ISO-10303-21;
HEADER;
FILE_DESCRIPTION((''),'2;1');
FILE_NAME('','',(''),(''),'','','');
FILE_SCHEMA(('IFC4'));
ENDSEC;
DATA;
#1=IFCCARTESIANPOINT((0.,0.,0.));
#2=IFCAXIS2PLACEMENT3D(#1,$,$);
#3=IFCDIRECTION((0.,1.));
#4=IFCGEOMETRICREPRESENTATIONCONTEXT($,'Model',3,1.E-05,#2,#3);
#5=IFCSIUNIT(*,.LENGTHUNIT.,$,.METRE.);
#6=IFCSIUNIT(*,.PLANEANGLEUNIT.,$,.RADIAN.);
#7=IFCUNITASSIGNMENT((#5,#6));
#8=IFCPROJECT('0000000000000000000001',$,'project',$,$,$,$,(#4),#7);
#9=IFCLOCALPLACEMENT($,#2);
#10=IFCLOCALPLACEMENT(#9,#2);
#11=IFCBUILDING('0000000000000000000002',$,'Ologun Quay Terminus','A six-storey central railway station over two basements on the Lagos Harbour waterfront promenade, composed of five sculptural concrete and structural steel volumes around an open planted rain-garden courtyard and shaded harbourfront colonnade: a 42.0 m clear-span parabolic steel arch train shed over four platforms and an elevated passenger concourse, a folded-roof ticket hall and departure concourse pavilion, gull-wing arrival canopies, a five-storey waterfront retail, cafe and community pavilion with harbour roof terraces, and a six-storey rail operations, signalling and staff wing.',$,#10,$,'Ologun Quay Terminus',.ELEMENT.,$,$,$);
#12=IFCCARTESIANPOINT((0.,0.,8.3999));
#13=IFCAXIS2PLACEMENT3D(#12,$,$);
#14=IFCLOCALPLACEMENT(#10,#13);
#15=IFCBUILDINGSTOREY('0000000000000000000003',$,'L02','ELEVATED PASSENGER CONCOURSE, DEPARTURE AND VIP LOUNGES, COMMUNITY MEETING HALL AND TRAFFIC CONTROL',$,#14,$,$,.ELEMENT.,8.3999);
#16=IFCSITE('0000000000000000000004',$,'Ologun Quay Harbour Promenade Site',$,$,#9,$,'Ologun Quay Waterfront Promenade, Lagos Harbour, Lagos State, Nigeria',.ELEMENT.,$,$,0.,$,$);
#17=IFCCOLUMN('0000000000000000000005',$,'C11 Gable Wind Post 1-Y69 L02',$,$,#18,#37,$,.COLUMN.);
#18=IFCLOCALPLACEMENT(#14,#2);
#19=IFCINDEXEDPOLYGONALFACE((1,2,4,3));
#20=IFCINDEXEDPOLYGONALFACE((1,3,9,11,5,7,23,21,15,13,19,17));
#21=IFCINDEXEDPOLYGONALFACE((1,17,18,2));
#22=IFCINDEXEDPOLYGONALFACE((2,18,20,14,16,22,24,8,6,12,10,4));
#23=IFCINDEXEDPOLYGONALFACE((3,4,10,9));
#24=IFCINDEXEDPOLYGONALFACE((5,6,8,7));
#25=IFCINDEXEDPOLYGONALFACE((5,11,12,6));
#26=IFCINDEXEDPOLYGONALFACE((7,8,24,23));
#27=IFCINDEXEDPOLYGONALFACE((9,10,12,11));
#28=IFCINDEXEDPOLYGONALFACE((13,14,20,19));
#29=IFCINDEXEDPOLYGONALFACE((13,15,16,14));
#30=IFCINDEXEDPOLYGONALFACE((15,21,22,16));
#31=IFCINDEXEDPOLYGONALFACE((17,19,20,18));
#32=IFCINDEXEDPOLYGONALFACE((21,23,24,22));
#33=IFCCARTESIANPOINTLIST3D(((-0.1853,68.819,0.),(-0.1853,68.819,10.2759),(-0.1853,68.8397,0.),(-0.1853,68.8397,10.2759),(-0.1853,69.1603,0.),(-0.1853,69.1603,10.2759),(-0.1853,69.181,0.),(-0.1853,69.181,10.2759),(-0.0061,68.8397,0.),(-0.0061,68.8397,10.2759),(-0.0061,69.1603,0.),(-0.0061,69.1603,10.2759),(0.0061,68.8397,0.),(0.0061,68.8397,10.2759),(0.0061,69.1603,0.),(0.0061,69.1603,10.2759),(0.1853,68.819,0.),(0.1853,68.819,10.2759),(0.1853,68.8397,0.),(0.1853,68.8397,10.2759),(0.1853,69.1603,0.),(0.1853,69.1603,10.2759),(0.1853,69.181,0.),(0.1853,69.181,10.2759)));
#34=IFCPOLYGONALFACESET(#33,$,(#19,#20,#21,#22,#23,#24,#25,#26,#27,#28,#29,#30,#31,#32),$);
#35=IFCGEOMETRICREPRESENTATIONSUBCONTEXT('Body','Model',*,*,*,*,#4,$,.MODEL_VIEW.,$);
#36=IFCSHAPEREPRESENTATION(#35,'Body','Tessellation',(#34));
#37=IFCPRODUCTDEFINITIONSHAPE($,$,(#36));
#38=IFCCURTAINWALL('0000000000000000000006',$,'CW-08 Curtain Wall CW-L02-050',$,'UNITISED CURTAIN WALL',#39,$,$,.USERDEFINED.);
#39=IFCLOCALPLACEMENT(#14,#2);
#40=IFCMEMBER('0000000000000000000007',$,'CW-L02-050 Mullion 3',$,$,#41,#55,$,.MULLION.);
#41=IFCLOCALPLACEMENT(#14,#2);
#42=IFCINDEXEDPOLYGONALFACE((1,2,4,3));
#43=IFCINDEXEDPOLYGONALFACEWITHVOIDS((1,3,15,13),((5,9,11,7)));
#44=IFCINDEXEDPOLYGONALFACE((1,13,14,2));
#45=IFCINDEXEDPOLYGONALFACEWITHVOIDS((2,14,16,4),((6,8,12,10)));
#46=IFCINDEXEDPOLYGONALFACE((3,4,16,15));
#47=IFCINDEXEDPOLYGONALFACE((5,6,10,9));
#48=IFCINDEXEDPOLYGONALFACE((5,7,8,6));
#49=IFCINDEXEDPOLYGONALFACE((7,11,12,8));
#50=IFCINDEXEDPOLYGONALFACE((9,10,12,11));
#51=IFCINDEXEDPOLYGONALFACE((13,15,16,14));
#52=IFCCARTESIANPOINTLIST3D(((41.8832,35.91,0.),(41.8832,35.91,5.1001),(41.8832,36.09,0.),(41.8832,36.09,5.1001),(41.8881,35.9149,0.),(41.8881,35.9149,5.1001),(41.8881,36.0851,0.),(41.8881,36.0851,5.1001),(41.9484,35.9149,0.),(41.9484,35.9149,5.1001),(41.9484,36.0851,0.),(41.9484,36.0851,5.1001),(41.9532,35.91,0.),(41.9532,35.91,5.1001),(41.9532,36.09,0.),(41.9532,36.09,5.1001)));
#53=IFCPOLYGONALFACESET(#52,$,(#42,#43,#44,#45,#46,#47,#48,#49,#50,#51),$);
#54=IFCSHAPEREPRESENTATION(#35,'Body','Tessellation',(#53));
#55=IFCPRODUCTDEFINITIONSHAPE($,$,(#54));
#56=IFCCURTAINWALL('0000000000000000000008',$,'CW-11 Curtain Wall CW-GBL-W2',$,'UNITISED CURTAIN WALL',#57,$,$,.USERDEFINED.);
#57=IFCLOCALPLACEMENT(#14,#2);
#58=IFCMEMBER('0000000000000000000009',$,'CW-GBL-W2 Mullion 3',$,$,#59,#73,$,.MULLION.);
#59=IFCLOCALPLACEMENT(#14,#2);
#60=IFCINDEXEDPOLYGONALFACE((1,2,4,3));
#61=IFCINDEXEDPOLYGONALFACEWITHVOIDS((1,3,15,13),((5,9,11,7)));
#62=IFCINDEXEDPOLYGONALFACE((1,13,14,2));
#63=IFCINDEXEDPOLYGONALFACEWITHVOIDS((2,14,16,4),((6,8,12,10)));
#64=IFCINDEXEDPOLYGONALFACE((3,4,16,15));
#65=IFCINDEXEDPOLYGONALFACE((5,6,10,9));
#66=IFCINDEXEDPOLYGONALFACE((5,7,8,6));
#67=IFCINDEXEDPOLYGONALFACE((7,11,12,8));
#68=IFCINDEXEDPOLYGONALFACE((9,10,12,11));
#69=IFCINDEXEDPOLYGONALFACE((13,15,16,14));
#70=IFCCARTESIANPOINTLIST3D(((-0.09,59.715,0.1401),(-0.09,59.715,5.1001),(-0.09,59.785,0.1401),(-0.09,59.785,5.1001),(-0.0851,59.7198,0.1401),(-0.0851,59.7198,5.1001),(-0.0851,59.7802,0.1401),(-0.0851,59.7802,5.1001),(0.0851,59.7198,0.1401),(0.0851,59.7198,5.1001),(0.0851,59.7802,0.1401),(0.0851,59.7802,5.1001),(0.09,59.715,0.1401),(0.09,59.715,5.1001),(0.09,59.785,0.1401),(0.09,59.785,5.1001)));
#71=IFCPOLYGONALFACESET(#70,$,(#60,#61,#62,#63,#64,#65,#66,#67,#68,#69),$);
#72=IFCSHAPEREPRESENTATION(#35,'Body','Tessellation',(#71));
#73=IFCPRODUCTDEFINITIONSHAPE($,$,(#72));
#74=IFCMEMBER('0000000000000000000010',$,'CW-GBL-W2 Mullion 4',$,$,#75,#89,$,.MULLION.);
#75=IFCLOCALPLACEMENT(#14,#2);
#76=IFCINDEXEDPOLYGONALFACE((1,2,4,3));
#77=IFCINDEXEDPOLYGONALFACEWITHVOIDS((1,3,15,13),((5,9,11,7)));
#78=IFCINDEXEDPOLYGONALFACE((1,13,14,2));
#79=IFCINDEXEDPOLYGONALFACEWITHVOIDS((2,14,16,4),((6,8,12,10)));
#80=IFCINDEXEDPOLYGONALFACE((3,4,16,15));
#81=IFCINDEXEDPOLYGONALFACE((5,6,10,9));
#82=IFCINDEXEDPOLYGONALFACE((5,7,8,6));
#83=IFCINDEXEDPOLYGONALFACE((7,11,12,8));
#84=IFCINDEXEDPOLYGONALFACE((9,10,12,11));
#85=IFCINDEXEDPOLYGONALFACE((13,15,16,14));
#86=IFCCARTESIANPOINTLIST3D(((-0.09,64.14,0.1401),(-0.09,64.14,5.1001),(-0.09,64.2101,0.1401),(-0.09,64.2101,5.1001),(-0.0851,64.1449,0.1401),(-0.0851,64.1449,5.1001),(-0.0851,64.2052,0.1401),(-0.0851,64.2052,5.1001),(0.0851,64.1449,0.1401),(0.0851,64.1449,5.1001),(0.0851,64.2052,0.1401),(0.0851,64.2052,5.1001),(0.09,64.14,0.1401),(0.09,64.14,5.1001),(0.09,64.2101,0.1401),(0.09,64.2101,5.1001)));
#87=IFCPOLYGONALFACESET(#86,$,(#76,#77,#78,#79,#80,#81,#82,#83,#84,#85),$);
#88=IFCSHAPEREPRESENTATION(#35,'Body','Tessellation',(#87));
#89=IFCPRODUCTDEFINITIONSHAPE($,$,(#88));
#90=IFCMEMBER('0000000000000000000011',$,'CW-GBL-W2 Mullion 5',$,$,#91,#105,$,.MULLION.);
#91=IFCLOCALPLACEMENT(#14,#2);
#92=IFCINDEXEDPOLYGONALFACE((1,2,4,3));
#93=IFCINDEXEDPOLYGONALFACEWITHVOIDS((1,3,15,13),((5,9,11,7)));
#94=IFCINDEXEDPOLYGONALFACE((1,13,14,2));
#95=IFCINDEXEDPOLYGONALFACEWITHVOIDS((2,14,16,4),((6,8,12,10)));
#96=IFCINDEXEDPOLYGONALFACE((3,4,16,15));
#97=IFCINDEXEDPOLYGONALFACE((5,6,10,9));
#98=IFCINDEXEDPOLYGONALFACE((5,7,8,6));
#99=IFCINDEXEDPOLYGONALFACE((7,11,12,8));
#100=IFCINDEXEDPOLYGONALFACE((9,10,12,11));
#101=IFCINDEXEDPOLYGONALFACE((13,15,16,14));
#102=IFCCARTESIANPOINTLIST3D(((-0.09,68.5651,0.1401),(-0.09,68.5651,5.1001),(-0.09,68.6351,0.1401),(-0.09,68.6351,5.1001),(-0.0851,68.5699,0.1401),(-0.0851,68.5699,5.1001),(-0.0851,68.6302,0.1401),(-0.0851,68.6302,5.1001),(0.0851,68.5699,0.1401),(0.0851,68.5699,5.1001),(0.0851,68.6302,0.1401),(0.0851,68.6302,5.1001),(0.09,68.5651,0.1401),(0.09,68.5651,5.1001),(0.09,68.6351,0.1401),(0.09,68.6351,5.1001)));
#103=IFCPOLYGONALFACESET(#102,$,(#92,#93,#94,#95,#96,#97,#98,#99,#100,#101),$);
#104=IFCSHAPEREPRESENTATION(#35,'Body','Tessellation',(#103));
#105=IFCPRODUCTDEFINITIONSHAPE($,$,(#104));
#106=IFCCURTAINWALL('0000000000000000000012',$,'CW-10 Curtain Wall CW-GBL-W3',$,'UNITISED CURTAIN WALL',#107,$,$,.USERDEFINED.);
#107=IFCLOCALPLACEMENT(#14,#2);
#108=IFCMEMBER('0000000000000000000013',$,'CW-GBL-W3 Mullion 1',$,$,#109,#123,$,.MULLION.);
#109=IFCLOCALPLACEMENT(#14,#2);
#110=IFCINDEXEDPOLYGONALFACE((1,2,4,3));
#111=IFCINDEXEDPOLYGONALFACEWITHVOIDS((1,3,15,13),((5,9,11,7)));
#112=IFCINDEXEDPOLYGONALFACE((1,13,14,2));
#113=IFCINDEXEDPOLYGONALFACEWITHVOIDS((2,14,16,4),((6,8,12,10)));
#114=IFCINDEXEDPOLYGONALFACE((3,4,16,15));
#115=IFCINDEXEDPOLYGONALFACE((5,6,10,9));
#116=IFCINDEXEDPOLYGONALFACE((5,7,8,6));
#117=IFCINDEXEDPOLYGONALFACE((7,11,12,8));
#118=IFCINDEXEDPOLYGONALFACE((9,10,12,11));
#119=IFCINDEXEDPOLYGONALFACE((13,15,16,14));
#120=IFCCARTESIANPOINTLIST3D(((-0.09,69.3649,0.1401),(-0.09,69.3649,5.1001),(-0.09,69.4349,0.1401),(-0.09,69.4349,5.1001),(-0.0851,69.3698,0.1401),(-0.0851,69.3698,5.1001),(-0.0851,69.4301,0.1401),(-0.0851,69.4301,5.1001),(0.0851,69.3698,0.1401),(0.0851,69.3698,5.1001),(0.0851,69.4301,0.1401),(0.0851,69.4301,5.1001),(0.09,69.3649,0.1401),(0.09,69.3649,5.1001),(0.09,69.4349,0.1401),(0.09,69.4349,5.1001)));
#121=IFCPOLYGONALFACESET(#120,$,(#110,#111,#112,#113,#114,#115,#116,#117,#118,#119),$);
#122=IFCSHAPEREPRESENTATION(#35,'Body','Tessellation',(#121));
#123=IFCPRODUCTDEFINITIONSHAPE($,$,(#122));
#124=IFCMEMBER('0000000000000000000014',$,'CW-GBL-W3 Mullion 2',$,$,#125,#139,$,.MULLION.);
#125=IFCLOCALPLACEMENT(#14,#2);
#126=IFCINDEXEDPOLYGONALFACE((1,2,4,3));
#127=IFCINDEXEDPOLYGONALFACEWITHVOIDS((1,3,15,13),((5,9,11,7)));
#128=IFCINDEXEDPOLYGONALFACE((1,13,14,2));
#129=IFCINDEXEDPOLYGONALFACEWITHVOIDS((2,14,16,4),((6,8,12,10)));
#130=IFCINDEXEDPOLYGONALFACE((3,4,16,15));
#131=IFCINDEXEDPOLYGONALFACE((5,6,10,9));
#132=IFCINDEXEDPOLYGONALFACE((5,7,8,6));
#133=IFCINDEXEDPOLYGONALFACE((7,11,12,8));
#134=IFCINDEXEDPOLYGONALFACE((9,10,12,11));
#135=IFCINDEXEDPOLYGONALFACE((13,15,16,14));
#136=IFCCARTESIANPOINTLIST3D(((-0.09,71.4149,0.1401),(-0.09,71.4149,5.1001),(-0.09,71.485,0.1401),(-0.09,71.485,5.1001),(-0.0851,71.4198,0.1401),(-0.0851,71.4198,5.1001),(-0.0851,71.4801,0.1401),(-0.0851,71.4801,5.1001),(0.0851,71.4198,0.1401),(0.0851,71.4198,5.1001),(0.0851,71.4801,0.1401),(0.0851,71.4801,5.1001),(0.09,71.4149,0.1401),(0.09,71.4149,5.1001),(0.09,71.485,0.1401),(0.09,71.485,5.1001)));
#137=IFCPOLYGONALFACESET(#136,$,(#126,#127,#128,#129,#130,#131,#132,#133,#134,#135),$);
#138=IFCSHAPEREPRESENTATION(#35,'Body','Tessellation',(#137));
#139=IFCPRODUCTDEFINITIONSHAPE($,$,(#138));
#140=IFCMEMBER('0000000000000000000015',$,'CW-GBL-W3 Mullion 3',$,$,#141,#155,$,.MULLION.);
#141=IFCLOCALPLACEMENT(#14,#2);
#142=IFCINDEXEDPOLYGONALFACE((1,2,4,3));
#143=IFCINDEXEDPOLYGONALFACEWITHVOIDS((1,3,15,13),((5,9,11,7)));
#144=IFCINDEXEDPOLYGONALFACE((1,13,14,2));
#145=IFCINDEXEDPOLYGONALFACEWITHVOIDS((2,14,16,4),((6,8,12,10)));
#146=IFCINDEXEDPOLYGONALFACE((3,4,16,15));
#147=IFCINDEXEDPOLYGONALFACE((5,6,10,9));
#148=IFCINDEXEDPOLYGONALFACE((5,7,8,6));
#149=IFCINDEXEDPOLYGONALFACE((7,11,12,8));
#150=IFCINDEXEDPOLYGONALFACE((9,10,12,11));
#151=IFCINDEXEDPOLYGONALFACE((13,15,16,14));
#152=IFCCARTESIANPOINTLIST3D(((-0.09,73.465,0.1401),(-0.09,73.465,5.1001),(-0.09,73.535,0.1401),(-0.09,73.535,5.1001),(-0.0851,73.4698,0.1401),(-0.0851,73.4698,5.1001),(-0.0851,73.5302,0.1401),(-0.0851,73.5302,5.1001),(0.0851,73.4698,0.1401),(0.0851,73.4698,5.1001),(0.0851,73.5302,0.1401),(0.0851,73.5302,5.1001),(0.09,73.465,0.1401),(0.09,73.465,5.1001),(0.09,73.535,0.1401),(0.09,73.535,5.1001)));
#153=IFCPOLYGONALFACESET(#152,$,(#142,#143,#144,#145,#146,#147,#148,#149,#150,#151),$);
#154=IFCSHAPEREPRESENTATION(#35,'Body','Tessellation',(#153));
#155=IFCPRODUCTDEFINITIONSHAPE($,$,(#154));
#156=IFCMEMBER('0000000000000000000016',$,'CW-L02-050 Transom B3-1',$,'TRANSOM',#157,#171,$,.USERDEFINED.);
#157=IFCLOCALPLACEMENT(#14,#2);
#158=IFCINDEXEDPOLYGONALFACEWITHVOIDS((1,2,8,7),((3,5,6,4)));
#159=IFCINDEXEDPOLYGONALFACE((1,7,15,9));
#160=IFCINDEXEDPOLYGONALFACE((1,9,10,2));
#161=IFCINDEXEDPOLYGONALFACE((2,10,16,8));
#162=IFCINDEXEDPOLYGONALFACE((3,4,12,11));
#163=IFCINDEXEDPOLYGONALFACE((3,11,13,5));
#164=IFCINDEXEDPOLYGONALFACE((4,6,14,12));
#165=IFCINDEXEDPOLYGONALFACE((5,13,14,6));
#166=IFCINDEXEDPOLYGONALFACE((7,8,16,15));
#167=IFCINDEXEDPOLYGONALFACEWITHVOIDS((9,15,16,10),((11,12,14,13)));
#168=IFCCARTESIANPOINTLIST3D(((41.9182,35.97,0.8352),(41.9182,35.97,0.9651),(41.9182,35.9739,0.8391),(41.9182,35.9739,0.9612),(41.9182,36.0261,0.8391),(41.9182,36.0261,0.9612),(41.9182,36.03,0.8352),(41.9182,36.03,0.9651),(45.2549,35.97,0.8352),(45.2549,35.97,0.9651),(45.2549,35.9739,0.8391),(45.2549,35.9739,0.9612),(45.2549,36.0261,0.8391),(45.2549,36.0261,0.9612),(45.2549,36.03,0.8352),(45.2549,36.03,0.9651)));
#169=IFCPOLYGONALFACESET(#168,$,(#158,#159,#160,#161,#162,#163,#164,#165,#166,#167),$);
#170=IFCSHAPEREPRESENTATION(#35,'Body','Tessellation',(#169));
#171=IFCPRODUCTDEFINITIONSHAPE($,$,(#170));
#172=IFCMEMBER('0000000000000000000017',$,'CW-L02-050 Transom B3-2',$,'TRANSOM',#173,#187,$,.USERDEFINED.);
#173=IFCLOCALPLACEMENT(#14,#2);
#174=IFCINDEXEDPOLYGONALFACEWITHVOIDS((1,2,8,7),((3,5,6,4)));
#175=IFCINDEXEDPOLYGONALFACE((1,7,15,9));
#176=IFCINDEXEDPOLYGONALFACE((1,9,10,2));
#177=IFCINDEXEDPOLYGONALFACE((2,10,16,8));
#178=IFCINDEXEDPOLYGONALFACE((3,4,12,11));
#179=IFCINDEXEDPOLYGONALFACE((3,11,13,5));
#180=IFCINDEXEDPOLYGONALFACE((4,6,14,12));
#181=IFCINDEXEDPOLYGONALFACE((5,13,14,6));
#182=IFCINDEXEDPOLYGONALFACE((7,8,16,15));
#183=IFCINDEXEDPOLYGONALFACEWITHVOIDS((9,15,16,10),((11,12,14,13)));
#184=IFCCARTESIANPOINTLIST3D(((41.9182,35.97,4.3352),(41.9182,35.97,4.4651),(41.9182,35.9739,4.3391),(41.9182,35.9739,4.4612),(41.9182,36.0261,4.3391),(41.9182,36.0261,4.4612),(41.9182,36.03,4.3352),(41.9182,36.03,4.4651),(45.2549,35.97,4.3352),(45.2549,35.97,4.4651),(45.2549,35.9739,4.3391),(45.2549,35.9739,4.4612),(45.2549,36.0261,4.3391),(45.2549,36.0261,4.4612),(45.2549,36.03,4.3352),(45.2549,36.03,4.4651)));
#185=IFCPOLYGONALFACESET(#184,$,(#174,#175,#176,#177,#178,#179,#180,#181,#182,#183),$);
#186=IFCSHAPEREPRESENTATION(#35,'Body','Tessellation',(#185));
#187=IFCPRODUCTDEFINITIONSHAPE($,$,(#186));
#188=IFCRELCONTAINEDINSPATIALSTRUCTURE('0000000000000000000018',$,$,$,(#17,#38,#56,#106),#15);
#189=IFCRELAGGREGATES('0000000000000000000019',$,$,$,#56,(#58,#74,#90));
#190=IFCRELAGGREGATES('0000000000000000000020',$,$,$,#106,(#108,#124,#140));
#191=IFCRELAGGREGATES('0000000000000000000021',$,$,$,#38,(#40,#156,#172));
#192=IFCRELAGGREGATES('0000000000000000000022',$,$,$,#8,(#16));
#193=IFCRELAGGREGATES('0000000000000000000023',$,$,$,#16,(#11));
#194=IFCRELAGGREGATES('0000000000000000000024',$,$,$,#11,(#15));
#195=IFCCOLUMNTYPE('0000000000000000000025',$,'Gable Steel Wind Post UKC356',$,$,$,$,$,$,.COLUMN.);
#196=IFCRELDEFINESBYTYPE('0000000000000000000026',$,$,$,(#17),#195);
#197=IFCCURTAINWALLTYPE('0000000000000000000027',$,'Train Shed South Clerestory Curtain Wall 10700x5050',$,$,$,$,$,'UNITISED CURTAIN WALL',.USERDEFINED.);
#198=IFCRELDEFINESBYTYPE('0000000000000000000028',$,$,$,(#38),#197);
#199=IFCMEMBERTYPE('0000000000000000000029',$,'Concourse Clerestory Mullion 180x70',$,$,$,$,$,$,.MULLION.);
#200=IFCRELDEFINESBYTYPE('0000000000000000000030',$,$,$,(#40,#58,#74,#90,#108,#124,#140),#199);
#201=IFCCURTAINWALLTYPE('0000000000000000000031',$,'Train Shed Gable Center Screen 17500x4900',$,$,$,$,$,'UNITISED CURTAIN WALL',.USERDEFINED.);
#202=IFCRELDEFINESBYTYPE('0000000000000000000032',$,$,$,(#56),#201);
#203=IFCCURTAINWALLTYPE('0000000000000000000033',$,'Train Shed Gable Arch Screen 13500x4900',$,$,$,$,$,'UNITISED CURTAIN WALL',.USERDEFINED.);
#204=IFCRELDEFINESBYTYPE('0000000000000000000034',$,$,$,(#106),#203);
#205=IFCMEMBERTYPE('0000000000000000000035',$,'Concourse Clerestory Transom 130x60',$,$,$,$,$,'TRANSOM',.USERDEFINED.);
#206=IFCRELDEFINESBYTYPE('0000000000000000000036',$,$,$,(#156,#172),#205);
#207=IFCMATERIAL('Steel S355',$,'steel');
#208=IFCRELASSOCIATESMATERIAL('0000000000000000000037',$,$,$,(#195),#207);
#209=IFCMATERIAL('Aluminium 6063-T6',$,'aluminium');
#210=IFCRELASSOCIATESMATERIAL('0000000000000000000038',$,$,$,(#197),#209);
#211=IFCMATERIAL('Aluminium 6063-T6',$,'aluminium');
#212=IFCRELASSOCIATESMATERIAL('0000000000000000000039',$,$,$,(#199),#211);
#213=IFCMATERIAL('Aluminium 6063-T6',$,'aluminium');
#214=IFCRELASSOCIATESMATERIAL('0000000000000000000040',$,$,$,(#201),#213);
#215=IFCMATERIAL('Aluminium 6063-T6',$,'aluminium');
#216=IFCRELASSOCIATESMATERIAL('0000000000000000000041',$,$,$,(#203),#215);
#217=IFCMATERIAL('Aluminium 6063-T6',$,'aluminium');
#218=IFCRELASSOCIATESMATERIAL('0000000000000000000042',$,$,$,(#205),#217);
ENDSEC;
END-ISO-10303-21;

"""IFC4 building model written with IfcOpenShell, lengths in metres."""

from ifc_helpers import new_model, si_unit, direction, frame, origin, origin_2d, place, context, subcontext, project, spatial, hollow_rectangle, i_section, extrude, material, material_profile, profile_set, type_object, element, aggregate, save


model = new_model("IFC4")

# Units and contexts
model_context = context("Model", 3, precision=1e-05, world=origin(), true_north=direction((0.0, 1.0)))
body_context = subcontext(model_context, "Body", "Model", "MODEL_VIEW")
ifc_project = project(units=[si_unit("LENGTHUNIT", "METRE"), si_unit("PLANEANGLEUNIT", "RADIAN")], contexts=[model_context])

# Site, building, storey
site_placement = place(None, origin())
site = spatial("IfcSite", under=ifc_project, at=site_placement, Name="Ologun Quay Harbour Promenade Site", LongName="Ologun Quay Waterfront Promenade, Lagos Harbour, Lagos State, Nigeria", CompositionType="ELEMENT", RefElevation=0.0)
building_placement = place(site_placement, origin())
building = spatial("IfcBuilding", under=site, at=building_placement, Name="Ologun Quay Terminus", Description="A six-storey central railway station over two basements on the Lagos Harbour waterfront promenade, composed of five sculptural concrete and structural steel volumes around an open planted rain-garden courtyard and shaded harbourfront colonnade: a 42.0 m clear-span parabolic steel arch train shed over four platforms and an elevated passenger concourse, a folded-roof ticket hall and departure concourse pavilion, gull-wing arrival canopies, a five-storey waterfront retail, cafe and community pavilion with harbour roof terraces, and a six-storey rail operations, signalling and staff wing.", LongName="Ologun Quay Terminus", CompositionType="ELEMENT")
storey_placement = place(building_placement, frame((0.0, 0.0, 8.3999)))
storey = spatial("IfcBuildingStorey", under=building, at=storey_placement, Name="L02", Description="ELEVATED PASSENGER CONCOURSE, DEPARTURE AND VIP LOUNGES, COMMUNITY MEETING HALL AND TRAFFIC CONTROL", CompositionType="ELEMENT", Elevation=8.3999)

# Column
ifc_material_1 = material(Name="Steel S355", Category="steel")
ifc_material_profile_1 = material_profile(ifc_material_1, i_section(OverallWidth=0.3706, OverallDepth=0.3621, WebThickness=0.0122, FlangeThickness=0.0208, at=origin_2d()), Name="UKC 356x368x153")
ifc_profile_set_1 = profile_set([ifc_material_profile_1], Name="Steel S355")
column_type = type_object("IfcColumnType", Name="Gable Steel Wind Post UKC356", PredefinedType="COLUMN", material=ifc_profile_set_1)
column_placement = place(storey_placement, frame((0.0, 69.0, 0.0), z_axis=(0.0, 0.0, 1.0), x_axis=(1.0, 0.0, 0.0)))
element("IfcColumn", 1, at=column_placement, inside=storey, type_object=column_type, Name="C11 Gable Wind Post 1-Y69 L02", PredefinedType="COLUMN", context=body_context, shape_type="SweptSolid", body=[
    extrude(i_section(OverallWidth=0.3706, OverallDepth=0.3621, WebThickness=0.0122, FlangeThickness=0.0208, at=origin_2d()), origin(), (0.0, 0.0, 1.0), 10.2759),
])

# Curtain wall, member
ifc_material_2 = material(Name="Aluminium 6063-T6", Category="aluminium")
curtain_wall_type_1 = type_object("IfcCurtainWallType", Name="Train Shed South Clerestory Curtain Wall 10700x5050", ElementType="UNITISED CURTAIN WALL", PredefinedType="USERDEFINED", material=ifc_material_2)
curtain_wall_1_placement = place(storey_placement, origin())
curtain_wall_1 = element("IfcCurtainWall", 2, at=curtain_wall_1_placement, inside=storey, type_object=curtain_wall_type_1, Name="CW-08 Curtain Wall CW-L02-050", ObjectType="UNITISED CURTAIN WALL", PredefinedType="USERDEFINED")
ifc_material_3 = material(Name="Aluminium 6063-T6", Category="aluminium")
ifc_material_profile_2 = material_profile(ifc_material_3, hollow_rectangle(XDim=0.0701, YDim=0.1799, WallThickness=0.0049, at=origin_2d()), Name="ALU 180x70x5")
ifc_profile_set_2 = profile_set([ifc_material_profile_2], Name="Aluminium 6063-T6")
member_type_1 = type_object("IfcMemberType", Name="Concourse Clerestory Mullion 180x70", PredefinedType="MULLION", material=ifc_profile_set_2)
member_1_placement = place(storey_placement, frame((41.9182, 36.0, 0.0), z_axis=(0.0, 0.0, 1.0), x_axis=(1.0, 0.0, 0.0)))
member_1 = element("IfcMember", 3, at=member_1_placement, type_object=member_type_1, Name="CW-L02-050 Mullion 3", PredefinedType="MULLION", context=body_context, shape_type="SweptSolid", body=[
    extrude(hollow_rectangle(XDim=0.0701, YDim=0.1799, WallThickness=0.0049, at=origin_2d()), origin(), (0.0, 0.0, 1.0), 5.1001),
])

# Curtain walls, members
ifc_material_4 = material(Name="Aluminium 6063-T6", Category="aluminium")
curtain_wall_type_2 = type_object("IfcCurtainWallType", Name="Train Shed Gable Center Screen 17500x4900", ElementType="UNITISED CURTAIN WALL", PredefinedType="USERDEFINED", material=ifc_material_4)
curtain_wall_2_placement = place(storey_placement, origin())
curtain_wall_2 = element("IfcCurtainWall", 4, at=curtain_wall_2_placement, inside=storey, type_object=curtain_wall_type_2, Name="CW-11 Curtain Wall CW-GBL-W2", ObjectType="UNITISED CURTAIN WALL", PredefinedType="USERDEFINED")
member_2_placement = place(storey_placement, frame((0.0, 59.75, 0.1401), z_axis=(0.0, 0.0, 1.0), x_axis=(0.0, 1.0, 0.0)))
member_2 = element("IfcMember", 5, at=member_2_placement, type_object=member_type_1, Name="CW-GBL-W2 Mullion 3", PredefinedType="MULLION", context=body_context, shape_type="SweptSolid", body=[
    extrude(hollow_rectangle(XDim=0.0701, YDim=0.1799, WallThickness=0.0049, at=origin_2d()), origin(), (0.0, 0.0, 1.0), 4.96),
])
member_3_placement = place(storey_placement, frame((0.0, 64.175, 0.1401), z_axis=(0.0, 0.0, 1.0), x_axis=(0.0, 1.0, 0.0)))
member_3 = element("IfcMember", 6, at=member_3_placement, type_object=member_type_1, Name="CW-GBL-W2 Mullion 4", PredefinedType="MULLION", context=body_context, shape_type="SweptSolid", body=[
    extrude(hollow_rectangle(XDim=0.0701, YDim=0.1799, WallThickness=0.0049, at=origin_2d()), origin(), (0.0, 0.0, 1.0), 4.96),
])
member_4_placement = place(storey_placement, frame((0.0, 68.6001, 0.1401), z_axis=(0.0, 0.0, 1.0), x_axis=(0.0, 1.0, 0.0)))
member_4 = element("IfcMember", 7, at=member_4_placement, type_object=member_type_1, Name="CW-GBL-W2 Mullion 5", PredefinedType="MULLION", context=body_context, shape_type="SweptSolid", body=[
    extrude(hollow_rectangle(XDim=0.0701, YDim=0.1799, WallThickness=0.0049, at=origin_2d()), origin(), (0.0, 0.0, 1.0), 4.96),
])
ifc_material_5 = material(Name="Aluminium 6063-T6", Category="aluminium")
curtain_wall_type_3 = type_object("IfcCurtainWallType", Name="Train Shed Gable Arch Screen 13500x4900", ElementType="UNITISED CURTAIN WALL", PredefinedType="USERDEFINED", material=ifc_material_5)
curtain_wall_3_placement = place(storey_placement, origin())
curtain_wall_3 = element("IfcCurtainWall", 8, at=curtain_wall_3_placement, inside=storey, type_object=curtain_wall_type_3, Name="CW-10 Curtain Wall CW-GBL-W3", ObjectType="UNITISED CURTAIN WALL", PredefinedType="USERDEFINED")
member_5_placement = place(storey_placement, frame((0.0, 69.3999, 0.1401), z_axis=(0.0, 0.0, 1.0), x_axis=(0.0, 1.0, 0.0)))
member_5 = element("IfcMember", 9, at=member_5_placement, type_object=member_type_1, Name="CW-GBL-W3 Mullion 1", PredefinedType="MULLION", context=body_context, shape_type="SweptSolid", body=[
    extrude(hollow_rectangle(XDim=0.0701, YDim=0.1799, WallThickness=0.0049, at=origin_2d()), origin(), (0.0, 0.0, 1.0), 4.96),
])
member_6_placement = place(storey_placement, frame((0.0, 71.45, 0.1401), z_axis=(0.0, 0.0, 1.0), x_axis=(0.0, 1.0, 0.0)))
member_6 = element("IfcMember", 10, at=member_6_placement, type_object=member_type_1, Name="CW-GBL-W3 Mullion 2", PredefinedType="MULLION", context=body_context, shape_type="SweptSolid", body=[
    extrude(hollow_rectangle(XDim=0.0701, YDim=0.1799, WallThickness=0.0049, at=origin_2d()), origin(), (0.0, 0.0, 1.0), 4.96),
])
member_7_placement = place(storey_placement, frame((0.0, 73.5, 0.1401), z_axis=(0.0, 0.0, 1.0), x_axis=(0.0, 1.0, 0.0)))
member_7 = element("IfcMember", 11, at=member_7_placement, type_object=member_type_1, Name="CW-GBL-W3 Mullion 3", PredefinedType="MULLION", context=body_context, shape_type="SweptSolid", body=[
    extrude(hollow_rectangle(XDim=0.0701, YDim=0.1799, WallThickness=0.0049, at=origin_2d()), origin(), (0.0, 0.0, 1.0), 4.96),
])

# Members
ifc_material_6 = material(Name="Aluminium 6063-T6", Category="aluminium")
ifc_material_profile_3 = material_profile(ifc_material_6, hollow_rectangle(XDim=0.0601, YDim=0.1299, WallThickness=0.0039, at=origin_2d()), Name="ALU 130x60x4")
ifc_profile_set_3 = profile_set([ifc_material_profile_3], Name="Aluminium 6063-T6")
member_type_2 = type_object("IfcMemberType", Name="Concourse Clerestory Transom 130x60", ElementType="TRANSOM", PredefinedType="USERDEFINED", material=ifc_profile_set_3)
member_8_placement = place(storey_placement, frame((41.9182, 36.0, 0.9001), z_axis=(1.0, 0.0, 0.0), x_axis=(0.0, 1.0, 0.0)))
member_8 = element("IfcMember", 12, at=member_8_placement, type_object=member_type_2, Name="CW-L02-050 Transom B3-1", ObjectType="TRANSOM", PredefinedType="USERDEFINED", context=body_context, shape_type="SweptSolid", body=[
    extrude(hollow_rectangle(XDim=0.0601, YDim=0.1299, WallThickness=0.0039, at=origin_2d()), origin(), (0.0, 0.0, 1.0), 3.3367),
])
member_9_placement = place(storey_placement, frame((41.9182, 36.0, 4.4001), z_axis=(1.0, 0.0, 0.0), x_axis=(0.0, 1.0, 0.0)))
member_9 = element("IfcMember", 13, at=member_9_placement, type_object=member_type_2, Name="CW-L02-050 Transom B3-2", ObjectType="TRANSOM", PredefinedType="USERDEFINED", context=body_context, shape_type="SweptSolid", body=[
    extrude(hollow_rectangle(XDim=0.0601, YDim=0.1299, WallThickness=0.0039, at=origin_2d()), origin(), (0.0, 0.0, 1.0), 3.3367),
])

aggregate(curtain_wall_2, [member_2, member_3, member_4])
aggregate(curtain_wall_3, [member_5, member_6, member_7])
aggregate(curtain_wall_1, [member_1, member_8, member_9])

save(model, "model.ifc")
